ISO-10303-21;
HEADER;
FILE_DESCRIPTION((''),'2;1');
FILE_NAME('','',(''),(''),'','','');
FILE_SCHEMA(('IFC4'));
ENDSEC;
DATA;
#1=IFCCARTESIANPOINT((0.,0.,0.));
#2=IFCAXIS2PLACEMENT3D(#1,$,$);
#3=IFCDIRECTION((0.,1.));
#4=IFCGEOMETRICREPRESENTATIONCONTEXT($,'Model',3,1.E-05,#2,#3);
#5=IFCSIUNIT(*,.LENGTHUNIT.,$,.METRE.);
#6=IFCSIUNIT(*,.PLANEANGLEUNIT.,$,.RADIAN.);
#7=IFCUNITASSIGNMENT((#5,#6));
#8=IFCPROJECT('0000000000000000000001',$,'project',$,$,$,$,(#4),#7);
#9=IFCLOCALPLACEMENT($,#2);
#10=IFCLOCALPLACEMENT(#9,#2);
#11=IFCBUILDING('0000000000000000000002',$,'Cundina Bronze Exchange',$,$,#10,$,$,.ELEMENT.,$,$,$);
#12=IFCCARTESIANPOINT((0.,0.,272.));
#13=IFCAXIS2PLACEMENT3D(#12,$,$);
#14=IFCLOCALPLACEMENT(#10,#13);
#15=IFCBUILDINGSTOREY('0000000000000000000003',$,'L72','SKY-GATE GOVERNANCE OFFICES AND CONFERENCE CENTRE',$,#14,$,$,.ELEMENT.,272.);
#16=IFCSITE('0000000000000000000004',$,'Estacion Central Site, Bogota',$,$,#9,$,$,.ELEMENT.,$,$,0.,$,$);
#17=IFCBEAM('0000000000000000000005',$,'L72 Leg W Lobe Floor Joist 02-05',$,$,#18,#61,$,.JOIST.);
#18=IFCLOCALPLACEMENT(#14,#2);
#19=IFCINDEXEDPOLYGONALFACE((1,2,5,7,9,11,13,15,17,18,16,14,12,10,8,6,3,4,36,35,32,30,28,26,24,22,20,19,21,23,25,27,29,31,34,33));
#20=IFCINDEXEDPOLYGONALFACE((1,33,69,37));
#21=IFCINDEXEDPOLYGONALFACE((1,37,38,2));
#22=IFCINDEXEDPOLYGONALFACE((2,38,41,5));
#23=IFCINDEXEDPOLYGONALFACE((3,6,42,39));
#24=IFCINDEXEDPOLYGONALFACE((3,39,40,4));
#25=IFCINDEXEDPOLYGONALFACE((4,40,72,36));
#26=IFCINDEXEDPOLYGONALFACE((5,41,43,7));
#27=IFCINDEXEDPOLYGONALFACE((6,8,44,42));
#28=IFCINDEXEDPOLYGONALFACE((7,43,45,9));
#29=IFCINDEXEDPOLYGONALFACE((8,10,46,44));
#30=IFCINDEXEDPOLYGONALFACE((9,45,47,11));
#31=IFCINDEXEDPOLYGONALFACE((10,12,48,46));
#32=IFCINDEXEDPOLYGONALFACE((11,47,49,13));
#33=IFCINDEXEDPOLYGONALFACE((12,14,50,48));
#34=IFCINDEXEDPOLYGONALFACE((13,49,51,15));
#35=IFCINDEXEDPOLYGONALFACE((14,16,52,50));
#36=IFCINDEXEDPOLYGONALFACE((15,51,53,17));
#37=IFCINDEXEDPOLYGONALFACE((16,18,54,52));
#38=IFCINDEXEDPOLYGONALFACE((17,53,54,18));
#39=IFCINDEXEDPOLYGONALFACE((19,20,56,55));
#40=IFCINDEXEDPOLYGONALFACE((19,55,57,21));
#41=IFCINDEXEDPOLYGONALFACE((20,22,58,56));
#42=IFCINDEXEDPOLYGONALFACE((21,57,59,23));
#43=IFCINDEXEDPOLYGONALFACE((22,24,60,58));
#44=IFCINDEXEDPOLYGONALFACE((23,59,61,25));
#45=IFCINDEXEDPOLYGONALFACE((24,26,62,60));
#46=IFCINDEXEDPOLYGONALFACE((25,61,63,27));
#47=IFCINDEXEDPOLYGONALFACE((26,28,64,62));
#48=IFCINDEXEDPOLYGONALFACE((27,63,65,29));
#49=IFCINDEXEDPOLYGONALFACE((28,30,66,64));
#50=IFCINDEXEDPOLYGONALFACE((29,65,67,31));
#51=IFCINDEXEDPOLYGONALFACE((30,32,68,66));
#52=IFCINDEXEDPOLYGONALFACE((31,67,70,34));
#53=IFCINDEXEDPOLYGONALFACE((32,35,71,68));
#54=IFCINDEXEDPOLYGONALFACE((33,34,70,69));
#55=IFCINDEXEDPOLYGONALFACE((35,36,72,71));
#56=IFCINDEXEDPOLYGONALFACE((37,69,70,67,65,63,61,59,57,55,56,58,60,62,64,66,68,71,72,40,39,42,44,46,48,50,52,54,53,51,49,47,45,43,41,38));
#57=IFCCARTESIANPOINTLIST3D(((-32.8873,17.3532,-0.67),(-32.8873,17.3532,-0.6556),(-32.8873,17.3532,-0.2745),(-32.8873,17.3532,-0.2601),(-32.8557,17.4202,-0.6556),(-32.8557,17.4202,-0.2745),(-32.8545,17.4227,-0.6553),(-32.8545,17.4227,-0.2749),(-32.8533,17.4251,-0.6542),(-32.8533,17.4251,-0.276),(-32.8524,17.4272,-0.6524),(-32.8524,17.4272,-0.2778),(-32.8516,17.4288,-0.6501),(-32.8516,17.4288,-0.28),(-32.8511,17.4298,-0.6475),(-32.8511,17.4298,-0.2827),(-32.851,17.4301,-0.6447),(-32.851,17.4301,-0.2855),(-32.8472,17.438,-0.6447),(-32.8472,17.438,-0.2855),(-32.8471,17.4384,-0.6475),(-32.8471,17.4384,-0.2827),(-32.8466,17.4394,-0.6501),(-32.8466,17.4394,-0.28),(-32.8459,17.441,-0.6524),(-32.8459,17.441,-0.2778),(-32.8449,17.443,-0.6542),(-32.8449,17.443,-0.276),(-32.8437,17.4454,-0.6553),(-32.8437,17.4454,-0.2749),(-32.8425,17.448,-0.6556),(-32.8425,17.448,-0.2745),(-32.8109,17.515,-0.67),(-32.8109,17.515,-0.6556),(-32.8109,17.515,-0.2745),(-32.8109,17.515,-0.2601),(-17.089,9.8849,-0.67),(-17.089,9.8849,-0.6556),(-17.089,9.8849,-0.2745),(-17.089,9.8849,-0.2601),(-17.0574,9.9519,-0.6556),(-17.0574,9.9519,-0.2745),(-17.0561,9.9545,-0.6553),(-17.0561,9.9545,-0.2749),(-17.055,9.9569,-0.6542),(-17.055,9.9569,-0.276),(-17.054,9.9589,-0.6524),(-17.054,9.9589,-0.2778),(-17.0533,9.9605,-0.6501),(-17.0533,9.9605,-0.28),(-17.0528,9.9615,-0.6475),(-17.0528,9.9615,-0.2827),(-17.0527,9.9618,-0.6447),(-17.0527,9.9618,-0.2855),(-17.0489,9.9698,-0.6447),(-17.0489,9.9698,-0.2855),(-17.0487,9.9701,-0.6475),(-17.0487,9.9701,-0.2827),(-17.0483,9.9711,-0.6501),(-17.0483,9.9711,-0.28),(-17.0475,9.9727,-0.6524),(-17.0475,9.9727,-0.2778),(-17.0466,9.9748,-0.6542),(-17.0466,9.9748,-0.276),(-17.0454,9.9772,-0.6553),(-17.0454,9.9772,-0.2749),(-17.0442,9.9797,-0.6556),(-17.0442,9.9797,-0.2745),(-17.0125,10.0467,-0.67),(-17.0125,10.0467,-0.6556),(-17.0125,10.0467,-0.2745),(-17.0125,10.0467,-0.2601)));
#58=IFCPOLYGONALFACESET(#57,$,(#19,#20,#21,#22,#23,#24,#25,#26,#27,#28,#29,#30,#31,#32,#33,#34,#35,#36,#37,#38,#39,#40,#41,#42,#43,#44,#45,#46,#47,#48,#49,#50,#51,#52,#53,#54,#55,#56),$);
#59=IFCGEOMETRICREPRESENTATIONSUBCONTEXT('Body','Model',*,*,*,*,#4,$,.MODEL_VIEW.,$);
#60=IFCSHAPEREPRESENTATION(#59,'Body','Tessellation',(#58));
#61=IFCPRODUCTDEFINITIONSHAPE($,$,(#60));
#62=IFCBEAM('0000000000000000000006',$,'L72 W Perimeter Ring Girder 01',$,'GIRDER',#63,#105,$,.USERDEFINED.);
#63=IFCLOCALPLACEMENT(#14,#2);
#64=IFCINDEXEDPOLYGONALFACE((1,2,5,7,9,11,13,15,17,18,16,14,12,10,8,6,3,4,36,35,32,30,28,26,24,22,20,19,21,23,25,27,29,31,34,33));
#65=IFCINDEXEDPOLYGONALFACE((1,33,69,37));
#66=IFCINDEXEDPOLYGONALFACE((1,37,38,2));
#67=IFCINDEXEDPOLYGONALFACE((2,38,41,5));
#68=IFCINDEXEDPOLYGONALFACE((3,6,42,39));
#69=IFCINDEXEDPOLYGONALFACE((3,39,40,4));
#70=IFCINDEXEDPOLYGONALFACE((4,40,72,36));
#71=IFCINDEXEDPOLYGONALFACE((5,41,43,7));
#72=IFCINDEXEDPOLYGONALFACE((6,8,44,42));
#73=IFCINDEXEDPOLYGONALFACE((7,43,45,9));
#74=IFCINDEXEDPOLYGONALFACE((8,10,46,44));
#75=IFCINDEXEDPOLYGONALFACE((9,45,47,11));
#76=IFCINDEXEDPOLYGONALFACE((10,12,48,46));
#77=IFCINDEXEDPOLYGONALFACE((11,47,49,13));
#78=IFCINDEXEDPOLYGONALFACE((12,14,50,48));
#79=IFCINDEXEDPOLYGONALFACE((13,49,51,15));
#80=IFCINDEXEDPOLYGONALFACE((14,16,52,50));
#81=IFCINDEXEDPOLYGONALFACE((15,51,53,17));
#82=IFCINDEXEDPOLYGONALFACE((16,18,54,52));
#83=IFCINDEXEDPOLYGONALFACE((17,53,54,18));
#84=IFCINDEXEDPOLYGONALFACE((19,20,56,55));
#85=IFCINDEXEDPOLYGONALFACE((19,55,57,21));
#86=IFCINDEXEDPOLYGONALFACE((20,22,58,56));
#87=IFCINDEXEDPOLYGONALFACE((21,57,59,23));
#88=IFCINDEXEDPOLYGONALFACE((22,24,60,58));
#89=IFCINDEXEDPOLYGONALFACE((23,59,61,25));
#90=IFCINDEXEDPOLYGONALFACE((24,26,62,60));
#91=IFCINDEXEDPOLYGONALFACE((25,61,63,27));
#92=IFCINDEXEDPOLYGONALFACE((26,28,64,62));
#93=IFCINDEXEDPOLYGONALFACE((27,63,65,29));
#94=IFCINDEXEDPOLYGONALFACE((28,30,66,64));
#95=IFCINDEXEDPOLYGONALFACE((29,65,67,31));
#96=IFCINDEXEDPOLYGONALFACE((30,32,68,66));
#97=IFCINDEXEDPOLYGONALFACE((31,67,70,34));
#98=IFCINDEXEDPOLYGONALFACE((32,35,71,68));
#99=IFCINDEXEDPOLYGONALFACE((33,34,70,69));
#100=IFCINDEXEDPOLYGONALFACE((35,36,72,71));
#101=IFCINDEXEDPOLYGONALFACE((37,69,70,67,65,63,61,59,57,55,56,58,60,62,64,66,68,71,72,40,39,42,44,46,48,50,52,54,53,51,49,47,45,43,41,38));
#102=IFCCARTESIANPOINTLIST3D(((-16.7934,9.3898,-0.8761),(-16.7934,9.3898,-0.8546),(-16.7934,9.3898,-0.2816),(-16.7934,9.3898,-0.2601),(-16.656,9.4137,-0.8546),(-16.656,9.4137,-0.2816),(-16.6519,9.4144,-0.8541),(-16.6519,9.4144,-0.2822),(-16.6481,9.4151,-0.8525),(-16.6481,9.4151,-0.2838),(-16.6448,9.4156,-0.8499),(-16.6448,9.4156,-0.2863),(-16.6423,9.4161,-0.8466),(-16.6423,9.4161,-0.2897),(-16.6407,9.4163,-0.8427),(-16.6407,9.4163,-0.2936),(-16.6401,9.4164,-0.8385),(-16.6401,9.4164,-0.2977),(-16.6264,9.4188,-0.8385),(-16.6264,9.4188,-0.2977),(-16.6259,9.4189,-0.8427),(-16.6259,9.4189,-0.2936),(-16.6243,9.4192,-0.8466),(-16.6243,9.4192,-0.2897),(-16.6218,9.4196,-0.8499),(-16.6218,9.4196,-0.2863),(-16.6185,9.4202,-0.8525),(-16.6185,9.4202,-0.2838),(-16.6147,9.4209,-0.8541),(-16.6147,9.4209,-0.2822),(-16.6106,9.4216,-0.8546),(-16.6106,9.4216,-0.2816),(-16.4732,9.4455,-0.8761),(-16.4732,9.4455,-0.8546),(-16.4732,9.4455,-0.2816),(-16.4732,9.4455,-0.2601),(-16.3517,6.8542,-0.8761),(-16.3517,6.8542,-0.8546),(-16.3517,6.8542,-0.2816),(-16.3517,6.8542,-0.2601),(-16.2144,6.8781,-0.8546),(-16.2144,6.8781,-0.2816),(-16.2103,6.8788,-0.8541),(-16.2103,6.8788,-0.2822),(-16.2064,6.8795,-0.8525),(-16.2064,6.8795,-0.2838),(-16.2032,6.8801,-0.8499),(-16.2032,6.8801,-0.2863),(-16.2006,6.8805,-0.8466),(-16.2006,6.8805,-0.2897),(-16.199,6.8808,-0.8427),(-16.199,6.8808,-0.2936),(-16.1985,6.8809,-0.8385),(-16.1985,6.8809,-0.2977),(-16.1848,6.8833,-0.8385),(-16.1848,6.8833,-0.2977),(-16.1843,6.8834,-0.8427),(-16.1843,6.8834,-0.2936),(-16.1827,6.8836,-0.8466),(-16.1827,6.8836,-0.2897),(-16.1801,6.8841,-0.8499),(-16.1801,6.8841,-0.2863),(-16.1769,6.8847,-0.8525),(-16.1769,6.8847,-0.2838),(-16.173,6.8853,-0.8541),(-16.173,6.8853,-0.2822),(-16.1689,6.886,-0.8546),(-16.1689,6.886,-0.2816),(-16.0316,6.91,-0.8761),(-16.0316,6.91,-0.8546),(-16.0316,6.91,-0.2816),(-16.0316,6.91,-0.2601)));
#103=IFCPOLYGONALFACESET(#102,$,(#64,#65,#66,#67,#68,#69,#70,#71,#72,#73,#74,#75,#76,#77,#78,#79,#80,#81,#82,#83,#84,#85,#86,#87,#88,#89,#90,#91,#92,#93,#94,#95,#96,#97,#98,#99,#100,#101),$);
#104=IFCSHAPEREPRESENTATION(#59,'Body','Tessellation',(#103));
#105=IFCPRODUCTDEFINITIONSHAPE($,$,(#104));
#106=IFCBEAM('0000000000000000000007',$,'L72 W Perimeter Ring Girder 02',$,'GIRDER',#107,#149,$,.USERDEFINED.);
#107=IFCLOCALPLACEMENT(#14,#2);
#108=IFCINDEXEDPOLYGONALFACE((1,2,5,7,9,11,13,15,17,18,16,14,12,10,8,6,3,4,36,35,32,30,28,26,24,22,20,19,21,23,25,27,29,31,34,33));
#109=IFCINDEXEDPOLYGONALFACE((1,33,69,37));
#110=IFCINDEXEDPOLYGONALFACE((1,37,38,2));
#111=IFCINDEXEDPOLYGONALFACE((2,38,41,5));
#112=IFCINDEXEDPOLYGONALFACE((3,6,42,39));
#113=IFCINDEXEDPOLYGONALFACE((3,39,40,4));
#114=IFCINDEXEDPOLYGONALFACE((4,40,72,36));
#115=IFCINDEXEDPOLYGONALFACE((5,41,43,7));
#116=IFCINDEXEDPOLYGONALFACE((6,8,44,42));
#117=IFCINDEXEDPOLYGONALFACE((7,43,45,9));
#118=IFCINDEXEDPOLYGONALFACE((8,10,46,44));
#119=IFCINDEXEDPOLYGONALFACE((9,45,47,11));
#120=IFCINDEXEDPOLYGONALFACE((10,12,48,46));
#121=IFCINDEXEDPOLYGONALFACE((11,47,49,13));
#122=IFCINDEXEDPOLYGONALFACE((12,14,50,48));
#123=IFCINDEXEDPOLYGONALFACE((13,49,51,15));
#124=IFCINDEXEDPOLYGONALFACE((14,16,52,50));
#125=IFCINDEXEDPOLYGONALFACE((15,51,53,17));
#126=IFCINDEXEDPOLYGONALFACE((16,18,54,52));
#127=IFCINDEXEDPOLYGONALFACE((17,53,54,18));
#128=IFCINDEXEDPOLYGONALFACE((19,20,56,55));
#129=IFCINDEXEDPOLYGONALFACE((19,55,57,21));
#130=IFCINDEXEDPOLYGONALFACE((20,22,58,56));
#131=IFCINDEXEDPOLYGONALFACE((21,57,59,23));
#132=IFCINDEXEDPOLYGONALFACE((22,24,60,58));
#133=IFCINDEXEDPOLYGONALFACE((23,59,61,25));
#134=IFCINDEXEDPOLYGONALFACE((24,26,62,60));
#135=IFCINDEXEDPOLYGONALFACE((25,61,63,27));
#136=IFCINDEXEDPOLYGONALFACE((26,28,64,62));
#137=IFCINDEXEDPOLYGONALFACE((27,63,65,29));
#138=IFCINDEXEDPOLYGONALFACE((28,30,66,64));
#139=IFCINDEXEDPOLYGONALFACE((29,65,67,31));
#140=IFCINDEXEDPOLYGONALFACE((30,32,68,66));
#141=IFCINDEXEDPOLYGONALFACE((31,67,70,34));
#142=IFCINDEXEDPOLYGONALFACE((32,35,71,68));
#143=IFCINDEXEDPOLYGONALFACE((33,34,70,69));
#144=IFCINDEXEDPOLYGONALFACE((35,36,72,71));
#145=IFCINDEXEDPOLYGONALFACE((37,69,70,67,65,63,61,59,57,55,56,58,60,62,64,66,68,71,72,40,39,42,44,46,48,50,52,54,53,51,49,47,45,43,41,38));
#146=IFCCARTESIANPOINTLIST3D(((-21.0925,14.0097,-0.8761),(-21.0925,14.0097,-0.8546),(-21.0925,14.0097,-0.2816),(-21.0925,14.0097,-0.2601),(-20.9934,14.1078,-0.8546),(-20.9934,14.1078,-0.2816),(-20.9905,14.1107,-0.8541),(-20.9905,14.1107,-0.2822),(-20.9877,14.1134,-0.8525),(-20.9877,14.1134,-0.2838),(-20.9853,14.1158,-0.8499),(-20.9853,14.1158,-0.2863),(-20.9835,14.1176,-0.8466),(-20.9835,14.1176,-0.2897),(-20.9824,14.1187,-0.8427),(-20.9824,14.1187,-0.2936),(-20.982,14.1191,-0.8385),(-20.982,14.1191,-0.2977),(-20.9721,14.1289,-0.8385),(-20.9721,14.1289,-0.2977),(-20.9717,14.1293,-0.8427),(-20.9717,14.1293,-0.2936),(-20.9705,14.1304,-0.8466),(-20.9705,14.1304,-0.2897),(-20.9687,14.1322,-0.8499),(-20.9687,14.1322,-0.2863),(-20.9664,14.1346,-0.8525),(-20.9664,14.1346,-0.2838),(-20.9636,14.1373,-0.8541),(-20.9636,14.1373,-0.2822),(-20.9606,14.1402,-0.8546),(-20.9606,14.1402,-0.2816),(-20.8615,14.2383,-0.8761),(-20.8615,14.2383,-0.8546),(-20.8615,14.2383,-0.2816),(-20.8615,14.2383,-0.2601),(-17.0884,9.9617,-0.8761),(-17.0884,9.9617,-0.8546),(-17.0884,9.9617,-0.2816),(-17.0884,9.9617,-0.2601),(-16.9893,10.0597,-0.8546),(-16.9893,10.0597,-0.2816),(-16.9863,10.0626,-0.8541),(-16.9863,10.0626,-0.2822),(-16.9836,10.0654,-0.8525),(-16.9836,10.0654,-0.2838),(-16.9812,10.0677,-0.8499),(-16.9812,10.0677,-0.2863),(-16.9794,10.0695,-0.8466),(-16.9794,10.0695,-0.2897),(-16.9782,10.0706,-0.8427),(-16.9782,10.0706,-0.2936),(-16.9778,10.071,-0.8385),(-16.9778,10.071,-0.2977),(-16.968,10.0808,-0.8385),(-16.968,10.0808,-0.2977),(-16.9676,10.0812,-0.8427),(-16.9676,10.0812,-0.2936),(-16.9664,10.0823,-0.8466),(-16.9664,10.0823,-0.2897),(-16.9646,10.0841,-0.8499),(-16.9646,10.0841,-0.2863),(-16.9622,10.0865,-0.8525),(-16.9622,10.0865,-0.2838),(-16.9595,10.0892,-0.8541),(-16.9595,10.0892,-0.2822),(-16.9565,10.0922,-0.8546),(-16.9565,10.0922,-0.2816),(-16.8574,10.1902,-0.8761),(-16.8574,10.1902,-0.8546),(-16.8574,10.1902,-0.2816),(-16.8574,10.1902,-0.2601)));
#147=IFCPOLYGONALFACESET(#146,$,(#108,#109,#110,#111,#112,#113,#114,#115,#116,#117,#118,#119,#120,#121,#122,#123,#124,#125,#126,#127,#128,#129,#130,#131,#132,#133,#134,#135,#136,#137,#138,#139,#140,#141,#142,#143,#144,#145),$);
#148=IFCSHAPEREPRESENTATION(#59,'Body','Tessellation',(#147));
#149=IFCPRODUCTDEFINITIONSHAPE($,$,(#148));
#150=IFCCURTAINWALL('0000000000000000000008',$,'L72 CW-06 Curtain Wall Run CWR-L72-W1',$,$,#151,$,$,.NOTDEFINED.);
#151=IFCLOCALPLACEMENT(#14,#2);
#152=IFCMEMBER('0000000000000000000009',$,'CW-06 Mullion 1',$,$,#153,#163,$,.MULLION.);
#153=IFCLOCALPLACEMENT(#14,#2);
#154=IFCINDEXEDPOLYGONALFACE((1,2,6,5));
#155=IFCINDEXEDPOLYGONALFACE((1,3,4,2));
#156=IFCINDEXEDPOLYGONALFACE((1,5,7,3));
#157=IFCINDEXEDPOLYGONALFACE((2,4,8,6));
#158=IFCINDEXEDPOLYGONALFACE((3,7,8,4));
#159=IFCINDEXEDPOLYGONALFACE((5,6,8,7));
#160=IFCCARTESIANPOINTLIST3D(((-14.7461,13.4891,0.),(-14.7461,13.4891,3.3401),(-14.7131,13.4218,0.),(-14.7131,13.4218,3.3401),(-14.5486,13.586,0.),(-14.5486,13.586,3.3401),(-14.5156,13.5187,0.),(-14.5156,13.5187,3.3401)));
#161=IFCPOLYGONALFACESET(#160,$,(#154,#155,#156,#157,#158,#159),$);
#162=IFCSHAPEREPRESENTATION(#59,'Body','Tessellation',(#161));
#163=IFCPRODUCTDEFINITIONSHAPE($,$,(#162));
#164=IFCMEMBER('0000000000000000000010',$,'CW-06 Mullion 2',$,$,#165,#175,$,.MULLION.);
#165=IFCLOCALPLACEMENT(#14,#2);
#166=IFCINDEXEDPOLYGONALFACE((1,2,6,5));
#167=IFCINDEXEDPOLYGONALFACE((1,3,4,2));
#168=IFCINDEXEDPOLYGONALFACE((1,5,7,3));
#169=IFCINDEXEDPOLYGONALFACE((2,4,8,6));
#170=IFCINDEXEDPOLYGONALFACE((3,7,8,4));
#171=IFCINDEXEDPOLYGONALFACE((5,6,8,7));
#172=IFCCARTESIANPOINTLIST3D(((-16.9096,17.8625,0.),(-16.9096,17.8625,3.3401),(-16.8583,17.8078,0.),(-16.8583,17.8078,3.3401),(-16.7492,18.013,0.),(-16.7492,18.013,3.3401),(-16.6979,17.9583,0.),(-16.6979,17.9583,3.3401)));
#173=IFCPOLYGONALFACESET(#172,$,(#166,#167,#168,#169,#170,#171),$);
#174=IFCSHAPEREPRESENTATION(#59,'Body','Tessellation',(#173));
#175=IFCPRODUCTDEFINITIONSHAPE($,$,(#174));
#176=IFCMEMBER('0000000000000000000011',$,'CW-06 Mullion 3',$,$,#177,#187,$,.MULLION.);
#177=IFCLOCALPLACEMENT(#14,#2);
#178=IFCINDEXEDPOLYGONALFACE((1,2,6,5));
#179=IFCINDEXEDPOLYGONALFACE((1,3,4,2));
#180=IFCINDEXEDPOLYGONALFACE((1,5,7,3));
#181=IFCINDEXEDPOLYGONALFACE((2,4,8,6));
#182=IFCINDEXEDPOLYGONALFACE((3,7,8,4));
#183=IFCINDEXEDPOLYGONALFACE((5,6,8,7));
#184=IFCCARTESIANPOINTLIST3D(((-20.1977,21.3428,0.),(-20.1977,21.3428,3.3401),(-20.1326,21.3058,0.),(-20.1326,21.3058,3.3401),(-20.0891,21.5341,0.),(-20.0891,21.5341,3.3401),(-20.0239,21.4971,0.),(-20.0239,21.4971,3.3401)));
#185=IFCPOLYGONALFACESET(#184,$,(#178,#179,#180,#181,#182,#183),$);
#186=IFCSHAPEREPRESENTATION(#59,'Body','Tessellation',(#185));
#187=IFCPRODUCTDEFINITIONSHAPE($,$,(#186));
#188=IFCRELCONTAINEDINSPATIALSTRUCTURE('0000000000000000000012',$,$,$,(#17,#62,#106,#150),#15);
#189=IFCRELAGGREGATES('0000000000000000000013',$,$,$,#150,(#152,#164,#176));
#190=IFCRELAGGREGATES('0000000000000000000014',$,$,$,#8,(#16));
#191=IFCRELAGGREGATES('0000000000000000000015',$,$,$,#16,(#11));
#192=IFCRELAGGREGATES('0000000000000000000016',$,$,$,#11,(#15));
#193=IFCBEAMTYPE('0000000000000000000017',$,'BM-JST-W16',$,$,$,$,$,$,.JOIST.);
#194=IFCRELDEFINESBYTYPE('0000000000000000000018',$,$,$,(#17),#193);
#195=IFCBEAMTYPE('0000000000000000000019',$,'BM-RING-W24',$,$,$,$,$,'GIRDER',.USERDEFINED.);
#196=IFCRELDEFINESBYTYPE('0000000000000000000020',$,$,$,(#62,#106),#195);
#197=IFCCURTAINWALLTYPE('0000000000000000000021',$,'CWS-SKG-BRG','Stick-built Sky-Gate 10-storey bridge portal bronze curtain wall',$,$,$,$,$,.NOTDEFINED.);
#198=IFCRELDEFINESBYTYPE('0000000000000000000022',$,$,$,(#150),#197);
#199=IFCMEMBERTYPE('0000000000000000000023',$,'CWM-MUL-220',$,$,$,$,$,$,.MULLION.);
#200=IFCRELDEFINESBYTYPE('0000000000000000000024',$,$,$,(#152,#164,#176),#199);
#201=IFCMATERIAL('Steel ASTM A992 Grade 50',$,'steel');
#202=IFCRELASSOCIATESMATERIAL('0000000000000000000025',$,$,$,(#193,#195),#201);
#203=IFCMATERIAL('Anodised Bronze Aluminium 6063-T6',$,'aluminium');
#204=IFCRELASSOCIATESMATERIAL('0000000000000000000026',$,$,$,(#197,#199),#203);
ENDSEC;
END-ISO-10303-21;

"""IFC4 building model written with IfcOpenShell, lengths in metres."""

from ifc_helpers import new_model, si_unit, direction, frame, origin, origin_2d, place, context, subcontext, project, spatial, rectangle, i_section, extrude, material, material_profile, profile_set, type_object, element, aggregate, save


model = new_model("IFC4")

# Units and contexts
model_context = context("Model", 3, precision=1e-05, world=origin(), true_north=direction((0.0, 1.0)))
body_context = subcontext(model_context, "Body", "Model", "MODEL_VIEW")
ifc_project = project(units=[si_unit("LENGTHUNIT", "METRE"), si_unit("PLANEANGLEUNIT", "RADIAN")], contexts=[model_context])

# Site, building, storey
site_placement = place(None, origin())
site = spatial("IfcSite", under=ifc_project, at=site_placement, Name="Estacion Central Site, Bogota", CompositionType="ELEMENT", RefElevation=0.0)
building_placement = place(site_placement, origin())
building = spatial("IfcBuilding", under=site, at=building_placement, Name="Cundina Bronze Exchange", CompositionType="ELEMENT")
storey_placement = place(building_placement, frame((0.0, 0.0, 272.0)))
storey = spatial("IfcBuildingStorey", under=building, at=storey_placement, Name="L72", Description="SKY-GATE GOVERNANCE OFFICES AND CONFERENCE CENTRE", CompositionType="ELEMENT", Elevation=272.0)

# Beams
ifc_material_1 = material(Name="Steel ASTM A992 Grade 50", Category="steel")
ifc_material_profile_1 = material_profile(ifc_material_1, i_section(OverallWidth=0.179, OverallDepth=0.4099, WebThickness=0.0088, FlangeThickness=0.0144, FilletRadius=0.011, at=origin_2d()), Name="W16X45", Category="steel")
ifc_profile_set_1 = profile_set([ifc_material_profile_1], Name="Steel ASTM A992 Grade 50")
beam_type_1 = type_object("IfcBeamType", Name="BM-JST-W16", PredefinedType="JOIST", material=ifc_profile_set_1)
beam_1_placement = place(storey_placement, frame((-17.0508, 9.9658, -0.4651), z_axis=(-0.904073, 0.427378, 0.0), x_axis=(-0.427378, -0.904073, 0.0)))
element("IfcBeam", 1, at=beam_1_placement, inside=storey, type_object=beam_type_1, Name="L72 Leg W Lobe Floor Joist 02-05", PredefinedType="JOIST", context=body_context, shape_type="SweptSolid", body=[
    extrude(i_section(OverallWidth=0.179, OverallDepth=0.4099, WebThickness=0.0088, FlangeThickness=0.0144, FilletRadius=0.011, at=origin_2d()), origin(), (0.0, 0.0, 1.0), 17.4746),
])
ifc_material_profile_2 = material_profile(ifc_material_1, i_section(OverallWidth=0.325, OverallDepth=0.616, WebThickness=0.0139, FlangeThickness=0.0215, FilletRadius=0.0161, at=origin_2d()), Name="W24X117", Category="steel")
ifc_profile_set_2 = profile_set([ifc_material_profile_2], Name="Steel ASTM A992 Grade 50")
beam_type_2 = type_object("IfcBeamType", Name="BM-RING-W24", ElementType="GIRDER", PredefinedType="USERDEFINED", material=ifc_profile_set_2)
beam_2_placement = place(storey_placement, frame((-16.1917, 6.8821, -0.5681), z_axis=(-0.171593, 0.985168, 0.0), x_axis=(-0.985168, -0.171593, 0.0)))
element("IfcBeam", 2, at=beam_2_placement, inside=storey, type_object=beam_type_2, Name="L72 W Perimeter Ring Girder 01", ObjectType="GIRDER", PredefinedType="USERDEFINED", context=body_context, shape_type="SweptSolid", body=[
    extrude(i_section(OverallWidth=0.325, OverallDepth=0.616, WebThickness=0.0139, FlangeThickness=0.0215, FilletRadius=0.0161, at=origin_2d()), origin(), (0.0, 0.0, 1.0), 2.5737),
])
beam_3_placement = place(storey_placement, frame((-16.9729, 10.0759, -0.5681), z_axis=(-0.703237, 0.710955, 0.0), x_axis=(-0.710955, -0.703237, 0.0)))
element("IfcBeam", 3, at=beam_3_placement, inside=storey, type_object=beam_type_2, Name="L72 W Perimeter Ring Girder 02", ObjectType="GIRDER", PredefinedType="USERDEFINED", context=body_context, shape_type="SweptSolid", body=[
    extrude(i_section(OverallWidth=0.325, OverallDepth=0.616, WebThickness=0.0139, FlangeThickness=0.0215, FilletRadius=0.0161, at=origin_2d()), origin(), (0.0, 0.0, 1.0), 5.6938),
])

# Curtain wall, members
ifc_material_2 = material(Name="Anodised Bronze Aluminium 6063-T6", Category="aluminium")
curtain_wall_type = type_object("IfcCurtainWallType", Name="CWS-SKG-BRG", Description="Stick-built Sky-Gate 10-storey bridge portal bronze curtain wall", PredefinedType="NOTDEFINED", material=ifc_material_2)
curtain_wall_1_placement = place(storey_placement, origin())
curtain_wall_1 = element("IfcCurtainWall", 4, at=curtain_wall_1_placement, inside=storey, type_object=curtain_wall_type, Name="L72 CW-06 Curtain Wall Run CWR-L72-W1", PredefinedType="NOTDEFINED")
ifc_material_profile_3 = material_profile(ifc_material_2, rectangle(XDim=0.075, YDim=0.22, at=origin_2d()), Name="AL75X220", Category="aluminium")
ifc_profile_set_3 = profile_set([ifc_material_profile_3], Name="Anodised Bronze Aluminium 6063-T6")
member_type_1 = type_object("IfcMemberType", Name="CWM-MUL-220", PredefinedType="MULLION", material=ifc_profile_set_3)
member_1_placement = place(storey_placement, frame((-14.6309, 13.5039, 0.0), z_axis=(0.0, 0.0, 1.0), x_axis=(-0.440566, 0.89772, 0.0)))
member_1 = element("IfcMember", 5, at=member_1_placement, type_object=member_type_1, Name="CW-06 Mullion 1", PredefinedType="MULLION", context=body_context, shape_type="SweptSolid", body=[
    extrude(rectangle(XDim=0.075, YDim=0.22, at=origin_2d()), origin(), (0.0, 0.0, 1.0), 3.3401),
])
member_2_placement = place(storey_placement, frame((-16.8037, 17.9104, 0.0), z_axis=(0.0, 0.0, 1.0), x_axis=(-0.684293, 0.729208, 0.0)))
member_2 = element("IfcMember", 6, at=member_2_placement, type_object=member_type_1, Name="CW-06 Mullion 2", PredefinedType="MULLION", context=body_context, shape_type="SweptSolid", body=[
    extrude(rectangle(XDim=0.075, YDim=0.22, at=origin_2d()), origin(), (0.0, 0.0, 1.0), 3.3401),
])
member_3_placement = place(storey_placement, frame((-20.1108, 21.4199, 0.0), z_axis=(0.0, 0.0, 1.0), x_axis=(-0.869581, 0.49379, 0.0)))
member_3 = element("IfcMember", 7, at=member_3_placement, type_object=member_type_1, Name="CW-06 Mullion 3", PredefinedType="MULLION", context=body_context, shape_type="SweptSolid", body=[
    extrude(rectangle(XDim=0.075, YDim=0.22, at=origin_2d()), origin(), (0.0, 0.0, 1.0), 3.3401),
])

aggregate(curtain_wall_1, [member_1, member_2, member_3])

save(model, "model.ifc")
